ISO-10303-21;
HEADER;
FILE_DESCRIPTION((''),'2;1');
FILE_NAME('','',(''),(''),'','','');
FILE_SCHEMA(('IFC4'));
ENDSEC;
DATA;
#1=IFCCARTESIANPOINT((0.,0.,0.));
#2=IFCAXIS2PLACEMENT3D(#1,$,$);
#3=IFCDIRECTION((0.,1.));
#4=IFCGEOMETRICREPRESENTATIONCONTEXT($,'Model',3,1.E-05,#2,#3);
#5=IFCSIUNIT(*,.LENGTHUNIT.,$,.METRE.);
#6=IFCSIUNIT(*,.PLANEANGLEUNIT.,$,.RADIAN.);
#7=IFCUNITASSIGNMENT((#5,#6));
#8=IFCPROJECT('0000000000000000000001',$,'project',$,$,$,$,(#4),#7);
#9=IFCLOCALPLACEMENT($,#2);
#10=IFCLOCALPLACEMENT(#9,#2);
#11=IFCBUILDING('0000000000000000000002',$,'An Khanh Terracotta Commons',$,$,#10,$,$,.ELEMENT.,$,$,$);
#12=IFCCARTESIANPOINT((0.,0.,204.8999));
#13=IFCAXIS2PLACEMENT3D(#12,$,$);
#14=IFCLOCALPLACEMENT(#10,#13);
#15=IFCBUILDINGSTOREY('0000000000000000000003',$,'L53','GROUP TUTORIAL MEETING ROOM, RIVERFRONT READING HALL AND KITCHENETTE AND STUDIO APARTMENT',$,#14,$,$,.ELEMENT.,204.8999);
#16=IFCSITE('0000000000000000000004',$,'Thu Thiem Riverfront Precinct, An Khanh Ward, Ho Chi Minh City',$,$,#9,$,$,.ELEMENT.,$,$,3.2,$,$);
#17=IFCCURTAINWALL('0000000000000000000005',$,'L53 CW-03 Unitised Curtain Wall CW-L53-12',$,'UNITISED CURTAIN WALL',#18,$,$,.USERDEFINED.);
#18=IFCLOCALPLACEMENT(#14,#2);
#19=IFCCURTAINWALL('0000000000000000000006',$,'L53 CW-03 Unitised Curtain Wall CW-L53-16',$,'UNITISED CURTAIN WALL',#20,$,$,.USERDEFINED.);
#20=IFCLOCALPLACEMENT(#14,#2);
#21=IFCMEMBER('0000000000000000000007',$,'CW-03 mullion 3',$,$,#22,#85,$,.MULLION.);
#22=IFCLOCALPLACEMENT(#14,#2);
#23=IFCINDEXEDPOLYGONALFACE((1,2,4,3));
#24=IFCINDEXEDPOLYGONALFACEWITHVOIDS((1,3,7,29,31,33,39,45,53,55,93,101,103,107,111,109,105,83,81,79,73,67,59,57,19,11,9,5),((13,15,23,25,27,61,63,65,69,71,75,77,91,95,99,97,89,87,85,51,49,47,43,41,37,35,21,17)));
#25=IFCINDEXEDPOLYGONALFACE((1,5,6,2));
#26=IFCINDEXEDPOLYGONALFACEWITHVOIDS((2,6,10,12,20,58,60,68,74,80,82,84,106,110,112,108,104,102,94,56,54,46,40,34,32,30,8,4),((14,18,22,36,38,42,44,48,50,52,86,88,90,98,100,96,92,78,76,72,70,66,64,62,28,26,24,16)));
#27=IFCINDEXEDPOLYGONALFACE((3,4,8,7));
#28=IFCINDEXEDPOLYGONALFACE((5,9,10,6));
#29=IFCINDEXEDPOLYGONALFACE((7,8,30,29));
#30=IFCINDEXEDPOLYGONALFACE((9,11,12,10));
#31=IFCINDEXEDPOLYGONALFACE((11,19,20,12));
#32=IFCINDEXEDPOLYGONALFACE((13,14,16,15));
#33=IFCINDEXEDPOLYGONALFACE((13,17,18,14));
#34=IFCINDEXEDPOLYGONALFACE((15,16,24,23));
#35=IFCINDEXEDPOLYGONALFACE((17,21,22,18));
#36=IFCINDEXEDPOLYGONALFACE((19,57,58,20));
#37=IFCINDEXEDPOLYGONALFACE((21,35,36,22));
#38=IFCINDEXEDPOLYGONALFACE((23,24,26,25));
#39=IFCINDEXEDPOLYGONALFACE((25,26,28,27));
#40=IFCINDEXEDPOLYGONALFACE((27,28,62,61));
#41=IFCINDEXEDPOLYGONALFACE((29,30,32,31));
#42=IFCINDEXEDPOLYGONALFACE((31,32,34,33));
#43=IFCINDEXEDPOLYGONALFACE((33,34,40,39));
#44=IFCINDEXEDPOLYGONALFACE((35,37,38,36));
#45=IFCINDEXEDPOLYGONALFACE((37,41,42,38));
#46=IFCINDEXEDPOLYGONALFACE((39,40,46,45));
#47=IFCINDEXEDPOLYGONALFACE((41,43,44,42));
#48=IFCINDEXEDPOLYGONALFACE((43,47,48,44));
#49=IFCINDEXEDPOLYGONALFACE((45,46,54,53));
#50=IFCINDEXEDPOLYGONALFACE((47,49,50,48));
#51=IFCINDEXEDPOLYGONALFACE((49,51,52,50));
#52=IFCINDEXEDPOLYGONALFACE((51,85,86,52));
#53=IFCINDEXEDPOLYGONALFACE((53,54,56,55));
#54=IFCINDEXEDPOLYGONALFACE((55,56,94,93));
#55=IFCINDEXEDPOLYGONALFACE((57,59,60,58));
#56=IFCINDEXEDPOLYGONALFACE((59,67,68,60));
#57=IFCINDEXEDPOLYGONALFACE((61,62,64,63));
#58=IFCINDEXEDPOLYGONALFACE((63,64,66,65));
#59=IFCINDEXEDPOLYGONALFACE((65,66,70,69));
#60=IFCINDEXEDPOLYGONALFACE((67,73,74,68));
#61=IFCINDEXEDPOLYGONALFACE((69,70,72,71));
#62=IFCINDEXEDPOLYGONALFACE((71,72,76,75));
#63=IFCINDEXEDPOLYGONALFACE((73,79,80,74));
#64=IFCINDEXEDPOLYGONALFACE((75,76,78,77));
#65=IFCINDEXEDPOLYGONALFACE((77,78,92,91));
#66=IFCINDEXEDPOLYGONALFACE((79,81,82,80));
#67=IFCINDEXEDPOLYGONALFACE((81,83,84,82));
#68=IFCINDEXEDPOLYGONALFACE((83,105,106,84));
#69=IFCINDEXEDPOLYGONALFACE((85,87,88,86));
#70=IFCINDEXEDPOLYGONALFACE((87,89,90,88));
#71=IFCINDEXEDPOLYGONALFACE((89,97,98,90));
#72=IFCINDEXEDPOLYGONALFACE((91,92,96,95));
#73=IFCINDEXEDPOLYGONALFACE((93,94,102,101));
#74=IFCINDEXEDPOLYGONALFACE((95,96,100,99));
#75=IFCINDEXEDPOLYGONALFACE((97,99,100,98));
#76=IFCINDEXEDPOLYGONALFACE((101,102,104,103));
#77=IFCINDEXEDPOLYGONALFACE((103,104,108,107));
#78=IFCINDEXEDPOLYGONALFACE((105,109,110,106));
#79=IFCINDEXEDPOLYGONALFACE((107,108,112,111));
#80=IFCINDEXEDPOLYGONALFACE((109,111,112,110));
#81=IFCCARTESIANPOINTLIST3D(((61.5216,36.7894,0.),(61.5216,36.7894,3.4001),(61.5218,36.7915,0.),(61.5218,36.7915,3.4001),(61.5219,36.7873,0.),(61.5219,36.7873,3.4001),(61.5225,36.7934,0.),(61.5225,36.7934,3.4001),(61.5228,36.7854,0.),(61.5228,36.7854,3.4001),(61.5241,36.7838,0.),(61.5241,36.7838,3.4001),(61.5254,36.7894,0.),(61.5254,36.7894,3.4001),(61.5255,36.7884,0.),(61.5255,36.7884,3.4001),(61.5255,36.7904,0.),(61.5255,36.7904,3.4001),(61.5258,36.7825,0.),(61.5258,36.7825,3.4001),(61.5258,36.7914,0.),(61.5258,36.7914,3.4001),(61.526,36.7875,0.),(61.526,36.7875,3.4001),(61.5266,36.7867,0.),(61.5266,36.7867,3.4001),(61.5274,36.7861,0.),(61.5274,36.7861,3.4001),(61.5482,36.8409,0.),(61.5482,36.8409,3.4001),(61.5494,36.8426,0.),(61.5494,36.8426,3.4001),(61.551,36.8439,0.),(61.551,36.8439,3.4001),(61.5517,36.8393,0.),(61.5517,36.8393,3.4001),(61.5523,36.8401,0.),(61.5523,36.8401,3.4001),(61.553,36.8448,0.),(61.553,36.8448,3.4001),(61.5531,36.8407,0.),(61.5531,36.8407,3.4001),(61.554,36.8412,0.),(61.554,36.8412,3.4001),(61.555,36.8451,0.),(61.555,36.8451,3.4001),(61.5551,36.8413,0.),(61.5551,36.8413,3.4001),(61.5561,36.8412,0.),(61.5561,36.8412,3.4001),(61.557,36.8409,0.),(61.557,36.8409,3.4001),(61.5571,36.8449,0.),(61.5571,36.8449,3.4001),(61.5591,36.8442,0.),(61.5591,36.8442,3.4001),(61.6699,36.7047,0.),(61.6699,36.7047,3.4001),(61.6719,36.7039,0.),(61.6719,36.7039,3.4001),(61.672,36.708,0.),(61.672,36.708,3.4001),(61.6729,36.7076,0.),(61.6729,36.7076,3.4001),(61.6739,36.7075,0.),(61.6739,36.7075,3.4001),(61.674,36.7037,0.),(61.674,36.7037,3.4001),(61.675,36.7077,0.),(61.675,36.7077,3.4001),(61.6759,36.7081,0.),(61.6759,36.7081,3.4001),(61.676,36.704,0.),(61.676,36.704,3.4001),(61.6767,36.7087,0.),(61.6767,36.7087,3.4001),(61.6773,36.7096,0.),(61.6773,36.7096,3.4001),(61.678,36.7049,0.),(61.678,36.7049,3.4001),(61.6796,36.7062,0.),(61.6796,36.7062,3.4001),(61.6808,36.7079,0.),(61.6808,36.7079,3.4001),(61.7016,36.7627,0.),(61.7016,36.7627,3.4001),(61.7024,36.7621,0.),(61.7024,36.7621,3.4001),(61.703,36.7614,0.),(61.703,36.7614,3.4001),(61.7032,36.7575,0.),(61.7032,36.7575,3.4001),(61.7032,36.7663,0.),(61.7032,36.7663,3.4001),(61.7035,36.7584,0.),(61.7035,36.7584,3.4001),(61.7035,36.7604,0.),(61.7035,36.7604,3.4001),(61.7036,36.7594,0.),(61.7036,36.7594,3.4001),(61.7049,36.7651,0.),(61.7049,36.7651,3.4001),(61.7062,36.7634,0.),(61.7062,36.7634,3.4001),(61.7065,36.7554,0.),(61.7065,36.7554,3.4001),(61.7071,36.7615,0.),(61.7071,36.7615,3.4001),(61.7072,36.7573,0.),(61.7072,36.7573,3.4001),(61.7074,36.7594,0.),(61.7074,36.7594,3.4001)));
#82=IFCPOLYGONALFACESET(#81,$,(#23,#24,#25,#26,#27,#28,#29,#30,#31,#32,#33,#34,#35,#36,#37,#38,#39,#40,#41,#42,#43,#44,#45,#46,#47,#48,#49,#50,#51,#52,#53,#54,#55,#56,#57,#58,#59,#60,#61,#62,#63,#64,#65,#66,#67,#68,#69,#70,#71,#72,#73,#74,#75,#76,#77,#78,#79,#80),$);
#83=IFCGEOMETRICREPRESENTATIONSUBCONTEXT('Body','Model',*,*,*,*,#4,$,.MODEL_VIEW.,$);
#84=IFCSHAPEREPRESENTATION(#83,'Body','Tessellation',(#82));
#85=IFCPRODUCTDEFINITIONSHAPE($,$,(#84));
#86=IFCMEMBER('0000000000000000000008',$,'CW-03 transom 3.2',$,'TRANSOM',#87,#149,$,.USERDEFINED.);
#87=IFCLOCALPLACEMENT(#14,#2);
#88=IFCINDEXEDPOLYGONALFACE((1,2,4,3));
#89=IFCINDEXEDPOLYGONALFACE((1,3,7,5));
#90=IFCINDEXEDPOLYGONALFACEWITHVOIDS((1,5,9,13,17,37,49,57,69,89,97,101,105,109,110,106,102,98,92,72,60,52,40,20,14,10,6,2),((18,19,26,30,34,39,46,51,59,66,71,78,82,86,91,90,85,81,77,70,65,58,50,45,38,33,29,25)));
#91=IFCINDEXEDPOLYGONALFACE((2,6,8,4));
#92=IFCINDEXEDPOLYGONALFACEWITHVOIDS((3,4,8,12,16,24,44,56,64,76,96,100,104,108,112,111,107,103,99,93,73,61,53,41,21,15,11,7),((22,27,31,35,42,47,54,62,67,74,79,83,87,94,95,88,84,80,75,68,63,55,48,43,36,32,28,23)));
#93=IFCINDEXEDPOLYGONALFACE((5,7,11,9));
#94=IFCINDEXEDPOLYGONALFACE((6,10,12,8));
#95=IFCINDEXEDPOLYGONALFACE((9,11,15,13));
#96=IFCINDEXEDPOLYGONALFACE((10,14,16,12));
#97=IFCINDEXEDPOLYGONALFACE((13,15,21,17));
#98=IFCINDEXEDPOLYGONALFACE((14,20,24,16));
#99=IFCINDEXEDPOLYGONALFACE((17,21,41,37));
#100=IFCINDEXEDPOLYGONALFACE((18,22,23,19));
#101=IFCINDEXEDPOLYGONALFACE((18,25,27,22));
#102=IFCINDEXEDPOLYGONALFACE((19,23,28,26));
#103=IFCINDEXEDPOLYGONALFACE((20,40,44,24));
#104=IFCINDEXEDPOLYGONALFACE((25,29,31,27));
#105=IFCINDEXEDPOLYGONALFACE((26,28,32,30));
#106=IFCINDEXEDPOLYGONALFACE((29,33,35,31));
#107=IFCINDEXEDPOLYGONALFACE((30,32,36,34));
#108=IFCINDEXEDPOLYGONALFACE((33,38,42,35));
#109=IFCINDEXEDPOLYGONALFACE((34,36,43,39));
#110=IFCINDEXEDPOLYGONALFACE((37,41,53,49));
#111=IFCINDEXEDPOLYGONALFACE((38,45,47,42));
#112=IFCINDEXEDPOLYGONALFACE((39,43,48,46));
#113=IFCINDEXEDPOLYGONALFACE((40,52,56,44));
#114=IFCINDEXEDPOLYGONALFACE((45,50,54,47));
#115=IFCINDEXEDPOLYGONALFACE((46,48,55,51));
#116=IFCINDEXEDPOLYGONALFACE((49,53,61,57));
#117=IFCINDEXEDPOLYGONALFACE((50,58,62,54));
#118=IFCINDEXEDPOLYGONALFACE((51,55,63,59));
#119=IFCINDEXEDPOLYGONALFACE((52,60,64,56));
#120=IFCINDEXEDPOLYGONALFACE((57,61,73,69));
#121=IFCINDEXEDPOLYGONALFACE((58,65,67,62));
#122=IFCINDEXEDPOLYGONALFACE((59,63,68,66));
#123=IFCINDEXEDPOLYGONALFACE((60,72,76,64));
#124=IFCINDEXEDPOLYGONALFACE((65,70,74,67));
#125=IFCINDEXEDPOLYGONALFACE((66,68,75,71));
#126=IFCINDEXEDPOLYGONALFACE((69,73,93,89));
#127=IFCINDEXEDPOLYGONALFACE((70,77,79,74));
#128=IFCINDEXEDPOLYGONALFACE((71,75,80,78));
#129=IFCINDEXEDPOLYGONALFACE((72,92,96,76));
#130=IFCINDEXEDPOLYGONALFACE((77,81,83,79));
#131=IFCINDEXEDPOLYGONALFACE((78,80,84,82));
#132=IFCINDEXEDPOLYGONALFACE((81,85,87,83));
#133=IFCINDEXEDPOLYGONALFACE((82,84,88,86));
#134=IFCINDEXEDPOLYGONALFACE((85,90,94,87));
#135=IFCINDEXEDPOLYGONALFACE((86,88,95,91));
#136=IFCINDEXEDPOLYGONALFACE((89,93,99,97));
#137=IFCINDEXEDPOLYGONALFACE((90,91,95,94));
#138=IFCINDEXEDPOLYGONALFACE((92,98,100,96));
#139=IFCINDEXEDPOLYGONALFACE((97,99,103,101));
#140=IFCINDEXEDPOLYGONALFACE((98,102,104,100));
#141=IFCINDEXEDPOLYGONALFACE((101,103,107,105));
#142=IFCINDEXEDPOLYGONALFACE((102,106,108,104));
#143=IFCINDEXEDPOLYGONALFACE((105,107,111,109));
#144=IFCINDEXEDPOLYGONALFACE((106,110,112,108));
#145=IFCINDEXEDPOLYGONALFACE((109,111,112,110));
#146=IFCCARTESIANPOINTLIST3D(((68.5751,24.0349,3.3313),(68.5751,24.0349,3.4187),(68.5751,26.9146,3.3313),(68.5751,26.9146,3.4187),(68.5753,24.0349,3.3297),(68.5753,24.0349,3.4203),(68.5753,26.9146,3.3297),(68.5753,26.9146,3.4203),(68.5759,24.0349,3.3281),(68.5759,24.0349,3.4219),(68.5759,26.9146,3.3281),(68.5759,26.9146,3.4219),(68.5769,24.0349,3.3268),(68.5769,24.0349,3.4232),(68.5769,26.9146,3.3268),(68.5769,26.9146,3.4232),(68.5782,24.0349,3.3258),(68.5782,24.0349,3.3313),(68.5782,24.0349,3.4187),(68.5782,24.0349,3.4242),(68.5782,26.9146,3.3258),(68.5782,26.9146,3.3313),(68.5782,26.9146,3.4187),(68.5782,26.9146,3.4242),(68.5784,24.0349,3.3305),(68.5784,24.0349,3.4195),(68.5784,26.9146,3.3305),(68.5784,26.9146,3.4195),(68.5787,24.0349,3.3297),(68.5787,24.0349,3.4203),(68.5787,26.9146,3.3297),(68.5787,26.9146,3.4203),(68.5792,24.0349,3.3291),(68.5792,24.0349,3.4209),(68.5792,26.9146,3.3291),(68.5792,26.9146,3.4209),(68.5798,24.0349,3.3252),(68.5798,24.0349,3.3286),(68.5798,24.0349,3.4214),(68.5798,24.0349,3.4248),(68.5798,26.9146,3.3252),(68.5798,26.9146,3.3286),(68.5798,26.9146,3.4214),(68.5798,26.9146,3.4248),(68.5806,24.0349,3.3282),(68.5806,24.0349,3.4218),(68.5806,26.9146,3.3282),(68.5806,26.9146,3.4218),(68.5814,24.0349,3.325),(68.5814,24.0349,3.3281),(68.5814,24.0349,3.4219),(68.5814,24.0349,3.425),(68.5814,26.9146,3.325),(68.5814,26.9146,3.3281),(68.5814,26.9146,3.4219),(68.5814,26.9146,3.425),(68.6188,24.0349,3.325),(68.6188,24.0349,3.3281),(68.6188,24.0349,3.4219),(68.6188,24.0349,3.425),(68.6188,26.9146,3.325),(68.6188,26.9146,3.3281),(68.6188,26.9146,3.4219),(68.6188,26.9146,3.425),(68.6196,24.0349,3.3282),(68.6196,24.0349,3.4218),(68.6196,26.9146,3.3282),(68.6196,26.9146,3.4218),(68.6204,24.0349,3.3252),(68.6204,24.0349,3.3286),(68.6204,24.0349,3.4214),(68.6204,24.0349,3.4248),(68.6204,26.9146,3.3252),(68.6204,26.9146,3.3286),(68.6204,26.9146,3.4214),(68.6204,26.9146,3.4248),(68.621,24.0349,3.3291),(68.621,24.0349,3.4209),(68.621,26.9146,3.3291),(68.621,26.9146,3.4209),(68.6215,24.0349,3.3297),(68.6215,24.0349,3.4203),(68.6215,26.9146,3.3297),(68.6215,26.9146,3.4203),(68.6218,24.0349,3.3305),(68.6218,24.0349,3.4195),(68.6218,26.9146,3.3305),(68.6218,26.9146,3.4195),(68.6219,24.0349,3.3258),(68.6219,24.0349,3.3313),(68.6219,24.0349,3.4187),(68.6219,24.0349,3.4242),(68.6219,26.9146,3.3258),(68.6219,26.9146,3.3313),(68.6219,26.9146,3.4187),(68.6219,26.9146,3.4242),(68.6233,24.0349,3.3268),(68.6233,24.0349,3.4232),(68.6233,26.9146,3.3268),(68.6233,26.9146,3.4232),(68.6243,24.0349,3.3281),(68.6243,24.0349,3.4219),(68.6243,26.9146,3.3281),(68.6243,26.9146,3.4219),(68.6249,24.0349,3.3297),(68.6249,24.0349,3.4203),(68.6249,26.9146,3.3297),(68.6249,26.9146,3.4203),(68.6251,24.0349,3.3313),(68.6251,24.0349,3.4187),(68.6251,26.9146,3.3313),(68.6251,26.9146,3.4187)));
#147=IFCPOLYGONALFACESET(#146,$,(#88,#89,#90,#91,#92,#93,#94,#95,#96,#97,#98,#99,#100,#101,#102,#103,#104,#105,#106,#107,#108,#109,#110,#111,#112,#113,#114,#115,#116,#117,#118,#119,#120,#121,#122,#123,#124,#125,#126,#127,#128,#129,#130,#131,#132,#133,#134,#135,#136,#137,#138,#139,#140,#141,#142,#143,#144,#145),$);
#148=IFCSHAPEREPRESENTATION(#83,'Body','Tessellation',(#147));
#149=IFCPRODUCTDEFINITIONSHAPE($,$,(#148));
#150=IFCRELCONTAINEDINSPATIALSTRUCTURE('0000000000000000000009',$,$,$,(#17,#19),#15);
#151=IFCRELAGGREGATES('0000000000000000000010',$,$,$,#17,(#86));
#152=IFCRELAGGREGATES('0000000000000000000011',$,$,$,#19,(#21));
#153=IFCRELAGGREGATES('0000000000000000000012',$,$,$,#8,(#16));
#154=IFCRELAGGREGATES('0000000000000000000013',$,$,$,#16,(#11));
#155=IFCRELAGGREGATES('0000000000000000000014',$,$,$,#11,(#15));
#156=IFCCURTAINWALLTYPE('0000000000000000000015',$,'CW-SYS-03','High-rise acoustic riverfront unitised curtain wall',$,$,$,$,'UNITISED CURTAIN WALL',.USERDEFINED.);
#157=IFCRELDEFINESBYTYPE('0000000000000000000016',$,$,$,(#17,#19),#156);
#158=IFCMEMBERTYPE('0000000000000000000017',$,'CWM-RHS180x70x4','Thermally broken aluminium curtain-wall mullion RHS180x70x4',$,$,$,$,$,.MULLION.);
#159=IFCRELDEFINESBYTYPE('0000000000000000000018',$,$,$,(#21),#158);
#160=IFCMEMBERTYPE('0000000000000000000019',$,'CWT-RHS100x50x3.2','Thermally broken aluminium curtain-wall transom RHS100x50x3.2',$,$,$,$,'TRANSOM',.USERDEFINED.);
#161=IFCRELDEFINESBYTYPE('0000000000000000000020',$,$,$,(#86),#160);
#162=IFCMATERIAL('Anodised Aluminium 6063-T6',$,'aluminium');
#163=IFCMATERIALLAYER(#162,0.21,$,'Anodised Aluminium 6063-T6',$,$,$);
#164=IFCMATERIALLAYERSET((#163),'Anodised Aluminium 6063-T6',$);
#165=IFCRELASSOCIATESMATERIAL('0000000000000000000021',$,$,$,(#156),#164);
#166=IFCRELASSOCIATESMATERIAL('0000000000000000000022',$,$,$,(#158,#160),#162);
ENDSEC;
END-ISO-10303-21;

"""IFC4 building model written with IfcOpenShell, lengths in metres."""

from ifc_helpers import new_model, si_unit, direction, frame, origin, origin_2d, place, context, subcontext, project, spatial, hollow_rectangle, extrude, material, layer, layer_set, material_profile, profile_set, type_object, element, aggregate, save


model = new_model("IFC4")

# Units and contexts
model_context = context("Model", 3, precision=1e-05, world=origin(), true_north=direction((0.0, 1.0)))
body_context = subcontext(model_context, "Body", "Model", "MODEL_VIEW")
ifc_project = project(units=[si_unit("LENGTHUNIT", "METRE"), si_unit("PLANEANGLEUNIT", "RADIAN")], contexts=[model_context])

# Site, building, storey
site_placement = place(None, origin())
site = spatial("IfcSite", under=ifc_project, at=site_placement, Name="Thu Thiem Riverfront Precinct, An Khanh Ward, Ho Chi Minh City", CompositionType="ELEMENT", RefElevation=3.2)
building_placement = place(site_placement, origin())
building = spatial("IfcBuilding", under=site, at=building_placement, Name="An Khanh Terracotta Commons", CompositionType="ELEMENT")
storey_placement = place(building_placement, frame((0.0, 0.0, 204.8999)))
storey = spatial("IfcBuildingStorey", under=building, at=storey_placement, Name="L53", Description="GROUP TUTORIAL MEETING ROOM, RIVERFRONT READING HALL AND KITCHENETTE AND STUDIO APARTMENT", CompositionType="ELEMENT", Elevation=204.8999)

# Curtain walls, member
ifc_material_1 = material(Name="Anodised Aluminium 6063-T6", Category="aluminium")
ifc_layer_1 = layer(ifc_material_1, 0.21, Name="Anodised Aluminium 6063-T6")
ifc_layer_set_1 = layer_set([ifc_layer_1], Name="Anodised Aluminium 6063-T6")
curtain_wall_type = type_object("IfcCurtainWallType", Name="CW-SYS-03", Description="High-rise acoustic riverfront unitised curtain wall", ElementType="UNITISED CURTAIN WALL", PredefinedType="USERDEFINED", material=ifc_layer_set_1)
curtain_wall_1_placement = place(storey_placement, origin())
curtain_wall_1 = element("IfcCurtainWall", 1, at=curtain_wall_1_placement, inside=storey, type_object=curtain_wall_type, Name="L53 CW-03 Unitised Curtain Wall CW-L53-12", ObjectType="UNITISED CURTAIN WALL", PredefinedType="USERDEFINED")
ifc_material_profile_1 = material_profile(ifc_material_1, hollow_rectangle(XDim=0.0701, YDim=0.1799, WallThickness=0.0039, InnerFilletRadius=0.0039, OuterFilletRadius=0.0081, at=origin_2d()), Name="RHS180x70x4")
ifc_profile_set_1 = profile_set([ifc_material_profile_1], Name="Anodised Aluminium 6063-T6")
member_type_1 = type_object("IfcMemberType", Name="CWM-RHS180x70x4", Description="Thermally broken aluminium curtain-wall mullion RHS180x70x4", PredefinedType="MULLION", material=ifc_profile_set_1)
curtain_wall_2_placement = place(storey_placement, origin())
curtain_wall_2 = element("IfcCurtainWall", 2, at=curtain_wall_2_placement, inside=storey, type_object=curtain_wall_type, Name="L53 CW-03 Unitised Curtain Wall CW-L53-16", ObjectType="UNITISED CURTAIN WALL", PredefinedType="USERDEFINED")
member_1_placement = place(storey_placement, frame((61.6145, 36.7744, 0.0), z_axis=(0.0, 0.0, 1.0), x_axis=(-0.475381, -0.87978, 0.0)))
member_1 = element("IfcMember", 3, at=member_1_placement, type_object=member_type_1, Name="CW-03 mullion 3", PredefinedType="MULLION", context=body_context, shape_type="SweptSolid", body=[
    extrude(hollow_rectangle(XDim=0.0701, YDim=0.1799, WallThickness=0.0039, InnerFilletRadius=0.0039, OuterFilletRadius=0.0081, at=origin_2d()), origin(), (0.0, 0.0, 1.0), 3.4001),
])

# Member
ifc_material_profile_2 = material_profile(ifc_material_1, hollow_rectangle(XDim=0.05, YDim=0.1001, WallThickness=0.0032, InnerFilletRadius=0.0032, OuterFilletRadius=0.0063, at=origin_2d()), Name="RHS100x50x3.2")
ifc_profile_set_2 = profile_set([ifc_material_profile_2], Name="Anodised Aluminium 6063-T6")
member_type_2 = type_object("IfcMemberType", Name="CWT-RHS100x50x3.2", Description="Thermally broken aluminium curtain-wall transom RHS100x50x3.2", ElementType="TRANSOM", PredefinedType="USERDEFINED", material=ifc_profile_set_2)
member_2_placement = place(storey_placement, frame((68.6001, 24.0349, 3.375), z_axis=(0.0, 1.0, 0.0), x_axis=(-1.0, 0.0, 0.0)))
member_2 = element("IfcMember", 4, at=member_2_placement, type_object=member_type_2, Name="CW-03 transom 3.2", ObjectType="TRANSOM", PredefinedType="USERDEFINED", context=body_context, shape_type="SweptSolid", body=[
    extrude(hollow_rectangle(XDim=0.05, YDim=0.1001, WallThickness=0.0032, InnerFilletRadius=0.0032, OuterFilletRadius=0.0063, at=origin_2d()), origin(), (0.0, 0.0, 1.0), 2.8796),
])

aggregate(curtain_wall_1, [member_2])
aggregate(curtain_wall_2, [member_1])

save(model, "model.ifc")
